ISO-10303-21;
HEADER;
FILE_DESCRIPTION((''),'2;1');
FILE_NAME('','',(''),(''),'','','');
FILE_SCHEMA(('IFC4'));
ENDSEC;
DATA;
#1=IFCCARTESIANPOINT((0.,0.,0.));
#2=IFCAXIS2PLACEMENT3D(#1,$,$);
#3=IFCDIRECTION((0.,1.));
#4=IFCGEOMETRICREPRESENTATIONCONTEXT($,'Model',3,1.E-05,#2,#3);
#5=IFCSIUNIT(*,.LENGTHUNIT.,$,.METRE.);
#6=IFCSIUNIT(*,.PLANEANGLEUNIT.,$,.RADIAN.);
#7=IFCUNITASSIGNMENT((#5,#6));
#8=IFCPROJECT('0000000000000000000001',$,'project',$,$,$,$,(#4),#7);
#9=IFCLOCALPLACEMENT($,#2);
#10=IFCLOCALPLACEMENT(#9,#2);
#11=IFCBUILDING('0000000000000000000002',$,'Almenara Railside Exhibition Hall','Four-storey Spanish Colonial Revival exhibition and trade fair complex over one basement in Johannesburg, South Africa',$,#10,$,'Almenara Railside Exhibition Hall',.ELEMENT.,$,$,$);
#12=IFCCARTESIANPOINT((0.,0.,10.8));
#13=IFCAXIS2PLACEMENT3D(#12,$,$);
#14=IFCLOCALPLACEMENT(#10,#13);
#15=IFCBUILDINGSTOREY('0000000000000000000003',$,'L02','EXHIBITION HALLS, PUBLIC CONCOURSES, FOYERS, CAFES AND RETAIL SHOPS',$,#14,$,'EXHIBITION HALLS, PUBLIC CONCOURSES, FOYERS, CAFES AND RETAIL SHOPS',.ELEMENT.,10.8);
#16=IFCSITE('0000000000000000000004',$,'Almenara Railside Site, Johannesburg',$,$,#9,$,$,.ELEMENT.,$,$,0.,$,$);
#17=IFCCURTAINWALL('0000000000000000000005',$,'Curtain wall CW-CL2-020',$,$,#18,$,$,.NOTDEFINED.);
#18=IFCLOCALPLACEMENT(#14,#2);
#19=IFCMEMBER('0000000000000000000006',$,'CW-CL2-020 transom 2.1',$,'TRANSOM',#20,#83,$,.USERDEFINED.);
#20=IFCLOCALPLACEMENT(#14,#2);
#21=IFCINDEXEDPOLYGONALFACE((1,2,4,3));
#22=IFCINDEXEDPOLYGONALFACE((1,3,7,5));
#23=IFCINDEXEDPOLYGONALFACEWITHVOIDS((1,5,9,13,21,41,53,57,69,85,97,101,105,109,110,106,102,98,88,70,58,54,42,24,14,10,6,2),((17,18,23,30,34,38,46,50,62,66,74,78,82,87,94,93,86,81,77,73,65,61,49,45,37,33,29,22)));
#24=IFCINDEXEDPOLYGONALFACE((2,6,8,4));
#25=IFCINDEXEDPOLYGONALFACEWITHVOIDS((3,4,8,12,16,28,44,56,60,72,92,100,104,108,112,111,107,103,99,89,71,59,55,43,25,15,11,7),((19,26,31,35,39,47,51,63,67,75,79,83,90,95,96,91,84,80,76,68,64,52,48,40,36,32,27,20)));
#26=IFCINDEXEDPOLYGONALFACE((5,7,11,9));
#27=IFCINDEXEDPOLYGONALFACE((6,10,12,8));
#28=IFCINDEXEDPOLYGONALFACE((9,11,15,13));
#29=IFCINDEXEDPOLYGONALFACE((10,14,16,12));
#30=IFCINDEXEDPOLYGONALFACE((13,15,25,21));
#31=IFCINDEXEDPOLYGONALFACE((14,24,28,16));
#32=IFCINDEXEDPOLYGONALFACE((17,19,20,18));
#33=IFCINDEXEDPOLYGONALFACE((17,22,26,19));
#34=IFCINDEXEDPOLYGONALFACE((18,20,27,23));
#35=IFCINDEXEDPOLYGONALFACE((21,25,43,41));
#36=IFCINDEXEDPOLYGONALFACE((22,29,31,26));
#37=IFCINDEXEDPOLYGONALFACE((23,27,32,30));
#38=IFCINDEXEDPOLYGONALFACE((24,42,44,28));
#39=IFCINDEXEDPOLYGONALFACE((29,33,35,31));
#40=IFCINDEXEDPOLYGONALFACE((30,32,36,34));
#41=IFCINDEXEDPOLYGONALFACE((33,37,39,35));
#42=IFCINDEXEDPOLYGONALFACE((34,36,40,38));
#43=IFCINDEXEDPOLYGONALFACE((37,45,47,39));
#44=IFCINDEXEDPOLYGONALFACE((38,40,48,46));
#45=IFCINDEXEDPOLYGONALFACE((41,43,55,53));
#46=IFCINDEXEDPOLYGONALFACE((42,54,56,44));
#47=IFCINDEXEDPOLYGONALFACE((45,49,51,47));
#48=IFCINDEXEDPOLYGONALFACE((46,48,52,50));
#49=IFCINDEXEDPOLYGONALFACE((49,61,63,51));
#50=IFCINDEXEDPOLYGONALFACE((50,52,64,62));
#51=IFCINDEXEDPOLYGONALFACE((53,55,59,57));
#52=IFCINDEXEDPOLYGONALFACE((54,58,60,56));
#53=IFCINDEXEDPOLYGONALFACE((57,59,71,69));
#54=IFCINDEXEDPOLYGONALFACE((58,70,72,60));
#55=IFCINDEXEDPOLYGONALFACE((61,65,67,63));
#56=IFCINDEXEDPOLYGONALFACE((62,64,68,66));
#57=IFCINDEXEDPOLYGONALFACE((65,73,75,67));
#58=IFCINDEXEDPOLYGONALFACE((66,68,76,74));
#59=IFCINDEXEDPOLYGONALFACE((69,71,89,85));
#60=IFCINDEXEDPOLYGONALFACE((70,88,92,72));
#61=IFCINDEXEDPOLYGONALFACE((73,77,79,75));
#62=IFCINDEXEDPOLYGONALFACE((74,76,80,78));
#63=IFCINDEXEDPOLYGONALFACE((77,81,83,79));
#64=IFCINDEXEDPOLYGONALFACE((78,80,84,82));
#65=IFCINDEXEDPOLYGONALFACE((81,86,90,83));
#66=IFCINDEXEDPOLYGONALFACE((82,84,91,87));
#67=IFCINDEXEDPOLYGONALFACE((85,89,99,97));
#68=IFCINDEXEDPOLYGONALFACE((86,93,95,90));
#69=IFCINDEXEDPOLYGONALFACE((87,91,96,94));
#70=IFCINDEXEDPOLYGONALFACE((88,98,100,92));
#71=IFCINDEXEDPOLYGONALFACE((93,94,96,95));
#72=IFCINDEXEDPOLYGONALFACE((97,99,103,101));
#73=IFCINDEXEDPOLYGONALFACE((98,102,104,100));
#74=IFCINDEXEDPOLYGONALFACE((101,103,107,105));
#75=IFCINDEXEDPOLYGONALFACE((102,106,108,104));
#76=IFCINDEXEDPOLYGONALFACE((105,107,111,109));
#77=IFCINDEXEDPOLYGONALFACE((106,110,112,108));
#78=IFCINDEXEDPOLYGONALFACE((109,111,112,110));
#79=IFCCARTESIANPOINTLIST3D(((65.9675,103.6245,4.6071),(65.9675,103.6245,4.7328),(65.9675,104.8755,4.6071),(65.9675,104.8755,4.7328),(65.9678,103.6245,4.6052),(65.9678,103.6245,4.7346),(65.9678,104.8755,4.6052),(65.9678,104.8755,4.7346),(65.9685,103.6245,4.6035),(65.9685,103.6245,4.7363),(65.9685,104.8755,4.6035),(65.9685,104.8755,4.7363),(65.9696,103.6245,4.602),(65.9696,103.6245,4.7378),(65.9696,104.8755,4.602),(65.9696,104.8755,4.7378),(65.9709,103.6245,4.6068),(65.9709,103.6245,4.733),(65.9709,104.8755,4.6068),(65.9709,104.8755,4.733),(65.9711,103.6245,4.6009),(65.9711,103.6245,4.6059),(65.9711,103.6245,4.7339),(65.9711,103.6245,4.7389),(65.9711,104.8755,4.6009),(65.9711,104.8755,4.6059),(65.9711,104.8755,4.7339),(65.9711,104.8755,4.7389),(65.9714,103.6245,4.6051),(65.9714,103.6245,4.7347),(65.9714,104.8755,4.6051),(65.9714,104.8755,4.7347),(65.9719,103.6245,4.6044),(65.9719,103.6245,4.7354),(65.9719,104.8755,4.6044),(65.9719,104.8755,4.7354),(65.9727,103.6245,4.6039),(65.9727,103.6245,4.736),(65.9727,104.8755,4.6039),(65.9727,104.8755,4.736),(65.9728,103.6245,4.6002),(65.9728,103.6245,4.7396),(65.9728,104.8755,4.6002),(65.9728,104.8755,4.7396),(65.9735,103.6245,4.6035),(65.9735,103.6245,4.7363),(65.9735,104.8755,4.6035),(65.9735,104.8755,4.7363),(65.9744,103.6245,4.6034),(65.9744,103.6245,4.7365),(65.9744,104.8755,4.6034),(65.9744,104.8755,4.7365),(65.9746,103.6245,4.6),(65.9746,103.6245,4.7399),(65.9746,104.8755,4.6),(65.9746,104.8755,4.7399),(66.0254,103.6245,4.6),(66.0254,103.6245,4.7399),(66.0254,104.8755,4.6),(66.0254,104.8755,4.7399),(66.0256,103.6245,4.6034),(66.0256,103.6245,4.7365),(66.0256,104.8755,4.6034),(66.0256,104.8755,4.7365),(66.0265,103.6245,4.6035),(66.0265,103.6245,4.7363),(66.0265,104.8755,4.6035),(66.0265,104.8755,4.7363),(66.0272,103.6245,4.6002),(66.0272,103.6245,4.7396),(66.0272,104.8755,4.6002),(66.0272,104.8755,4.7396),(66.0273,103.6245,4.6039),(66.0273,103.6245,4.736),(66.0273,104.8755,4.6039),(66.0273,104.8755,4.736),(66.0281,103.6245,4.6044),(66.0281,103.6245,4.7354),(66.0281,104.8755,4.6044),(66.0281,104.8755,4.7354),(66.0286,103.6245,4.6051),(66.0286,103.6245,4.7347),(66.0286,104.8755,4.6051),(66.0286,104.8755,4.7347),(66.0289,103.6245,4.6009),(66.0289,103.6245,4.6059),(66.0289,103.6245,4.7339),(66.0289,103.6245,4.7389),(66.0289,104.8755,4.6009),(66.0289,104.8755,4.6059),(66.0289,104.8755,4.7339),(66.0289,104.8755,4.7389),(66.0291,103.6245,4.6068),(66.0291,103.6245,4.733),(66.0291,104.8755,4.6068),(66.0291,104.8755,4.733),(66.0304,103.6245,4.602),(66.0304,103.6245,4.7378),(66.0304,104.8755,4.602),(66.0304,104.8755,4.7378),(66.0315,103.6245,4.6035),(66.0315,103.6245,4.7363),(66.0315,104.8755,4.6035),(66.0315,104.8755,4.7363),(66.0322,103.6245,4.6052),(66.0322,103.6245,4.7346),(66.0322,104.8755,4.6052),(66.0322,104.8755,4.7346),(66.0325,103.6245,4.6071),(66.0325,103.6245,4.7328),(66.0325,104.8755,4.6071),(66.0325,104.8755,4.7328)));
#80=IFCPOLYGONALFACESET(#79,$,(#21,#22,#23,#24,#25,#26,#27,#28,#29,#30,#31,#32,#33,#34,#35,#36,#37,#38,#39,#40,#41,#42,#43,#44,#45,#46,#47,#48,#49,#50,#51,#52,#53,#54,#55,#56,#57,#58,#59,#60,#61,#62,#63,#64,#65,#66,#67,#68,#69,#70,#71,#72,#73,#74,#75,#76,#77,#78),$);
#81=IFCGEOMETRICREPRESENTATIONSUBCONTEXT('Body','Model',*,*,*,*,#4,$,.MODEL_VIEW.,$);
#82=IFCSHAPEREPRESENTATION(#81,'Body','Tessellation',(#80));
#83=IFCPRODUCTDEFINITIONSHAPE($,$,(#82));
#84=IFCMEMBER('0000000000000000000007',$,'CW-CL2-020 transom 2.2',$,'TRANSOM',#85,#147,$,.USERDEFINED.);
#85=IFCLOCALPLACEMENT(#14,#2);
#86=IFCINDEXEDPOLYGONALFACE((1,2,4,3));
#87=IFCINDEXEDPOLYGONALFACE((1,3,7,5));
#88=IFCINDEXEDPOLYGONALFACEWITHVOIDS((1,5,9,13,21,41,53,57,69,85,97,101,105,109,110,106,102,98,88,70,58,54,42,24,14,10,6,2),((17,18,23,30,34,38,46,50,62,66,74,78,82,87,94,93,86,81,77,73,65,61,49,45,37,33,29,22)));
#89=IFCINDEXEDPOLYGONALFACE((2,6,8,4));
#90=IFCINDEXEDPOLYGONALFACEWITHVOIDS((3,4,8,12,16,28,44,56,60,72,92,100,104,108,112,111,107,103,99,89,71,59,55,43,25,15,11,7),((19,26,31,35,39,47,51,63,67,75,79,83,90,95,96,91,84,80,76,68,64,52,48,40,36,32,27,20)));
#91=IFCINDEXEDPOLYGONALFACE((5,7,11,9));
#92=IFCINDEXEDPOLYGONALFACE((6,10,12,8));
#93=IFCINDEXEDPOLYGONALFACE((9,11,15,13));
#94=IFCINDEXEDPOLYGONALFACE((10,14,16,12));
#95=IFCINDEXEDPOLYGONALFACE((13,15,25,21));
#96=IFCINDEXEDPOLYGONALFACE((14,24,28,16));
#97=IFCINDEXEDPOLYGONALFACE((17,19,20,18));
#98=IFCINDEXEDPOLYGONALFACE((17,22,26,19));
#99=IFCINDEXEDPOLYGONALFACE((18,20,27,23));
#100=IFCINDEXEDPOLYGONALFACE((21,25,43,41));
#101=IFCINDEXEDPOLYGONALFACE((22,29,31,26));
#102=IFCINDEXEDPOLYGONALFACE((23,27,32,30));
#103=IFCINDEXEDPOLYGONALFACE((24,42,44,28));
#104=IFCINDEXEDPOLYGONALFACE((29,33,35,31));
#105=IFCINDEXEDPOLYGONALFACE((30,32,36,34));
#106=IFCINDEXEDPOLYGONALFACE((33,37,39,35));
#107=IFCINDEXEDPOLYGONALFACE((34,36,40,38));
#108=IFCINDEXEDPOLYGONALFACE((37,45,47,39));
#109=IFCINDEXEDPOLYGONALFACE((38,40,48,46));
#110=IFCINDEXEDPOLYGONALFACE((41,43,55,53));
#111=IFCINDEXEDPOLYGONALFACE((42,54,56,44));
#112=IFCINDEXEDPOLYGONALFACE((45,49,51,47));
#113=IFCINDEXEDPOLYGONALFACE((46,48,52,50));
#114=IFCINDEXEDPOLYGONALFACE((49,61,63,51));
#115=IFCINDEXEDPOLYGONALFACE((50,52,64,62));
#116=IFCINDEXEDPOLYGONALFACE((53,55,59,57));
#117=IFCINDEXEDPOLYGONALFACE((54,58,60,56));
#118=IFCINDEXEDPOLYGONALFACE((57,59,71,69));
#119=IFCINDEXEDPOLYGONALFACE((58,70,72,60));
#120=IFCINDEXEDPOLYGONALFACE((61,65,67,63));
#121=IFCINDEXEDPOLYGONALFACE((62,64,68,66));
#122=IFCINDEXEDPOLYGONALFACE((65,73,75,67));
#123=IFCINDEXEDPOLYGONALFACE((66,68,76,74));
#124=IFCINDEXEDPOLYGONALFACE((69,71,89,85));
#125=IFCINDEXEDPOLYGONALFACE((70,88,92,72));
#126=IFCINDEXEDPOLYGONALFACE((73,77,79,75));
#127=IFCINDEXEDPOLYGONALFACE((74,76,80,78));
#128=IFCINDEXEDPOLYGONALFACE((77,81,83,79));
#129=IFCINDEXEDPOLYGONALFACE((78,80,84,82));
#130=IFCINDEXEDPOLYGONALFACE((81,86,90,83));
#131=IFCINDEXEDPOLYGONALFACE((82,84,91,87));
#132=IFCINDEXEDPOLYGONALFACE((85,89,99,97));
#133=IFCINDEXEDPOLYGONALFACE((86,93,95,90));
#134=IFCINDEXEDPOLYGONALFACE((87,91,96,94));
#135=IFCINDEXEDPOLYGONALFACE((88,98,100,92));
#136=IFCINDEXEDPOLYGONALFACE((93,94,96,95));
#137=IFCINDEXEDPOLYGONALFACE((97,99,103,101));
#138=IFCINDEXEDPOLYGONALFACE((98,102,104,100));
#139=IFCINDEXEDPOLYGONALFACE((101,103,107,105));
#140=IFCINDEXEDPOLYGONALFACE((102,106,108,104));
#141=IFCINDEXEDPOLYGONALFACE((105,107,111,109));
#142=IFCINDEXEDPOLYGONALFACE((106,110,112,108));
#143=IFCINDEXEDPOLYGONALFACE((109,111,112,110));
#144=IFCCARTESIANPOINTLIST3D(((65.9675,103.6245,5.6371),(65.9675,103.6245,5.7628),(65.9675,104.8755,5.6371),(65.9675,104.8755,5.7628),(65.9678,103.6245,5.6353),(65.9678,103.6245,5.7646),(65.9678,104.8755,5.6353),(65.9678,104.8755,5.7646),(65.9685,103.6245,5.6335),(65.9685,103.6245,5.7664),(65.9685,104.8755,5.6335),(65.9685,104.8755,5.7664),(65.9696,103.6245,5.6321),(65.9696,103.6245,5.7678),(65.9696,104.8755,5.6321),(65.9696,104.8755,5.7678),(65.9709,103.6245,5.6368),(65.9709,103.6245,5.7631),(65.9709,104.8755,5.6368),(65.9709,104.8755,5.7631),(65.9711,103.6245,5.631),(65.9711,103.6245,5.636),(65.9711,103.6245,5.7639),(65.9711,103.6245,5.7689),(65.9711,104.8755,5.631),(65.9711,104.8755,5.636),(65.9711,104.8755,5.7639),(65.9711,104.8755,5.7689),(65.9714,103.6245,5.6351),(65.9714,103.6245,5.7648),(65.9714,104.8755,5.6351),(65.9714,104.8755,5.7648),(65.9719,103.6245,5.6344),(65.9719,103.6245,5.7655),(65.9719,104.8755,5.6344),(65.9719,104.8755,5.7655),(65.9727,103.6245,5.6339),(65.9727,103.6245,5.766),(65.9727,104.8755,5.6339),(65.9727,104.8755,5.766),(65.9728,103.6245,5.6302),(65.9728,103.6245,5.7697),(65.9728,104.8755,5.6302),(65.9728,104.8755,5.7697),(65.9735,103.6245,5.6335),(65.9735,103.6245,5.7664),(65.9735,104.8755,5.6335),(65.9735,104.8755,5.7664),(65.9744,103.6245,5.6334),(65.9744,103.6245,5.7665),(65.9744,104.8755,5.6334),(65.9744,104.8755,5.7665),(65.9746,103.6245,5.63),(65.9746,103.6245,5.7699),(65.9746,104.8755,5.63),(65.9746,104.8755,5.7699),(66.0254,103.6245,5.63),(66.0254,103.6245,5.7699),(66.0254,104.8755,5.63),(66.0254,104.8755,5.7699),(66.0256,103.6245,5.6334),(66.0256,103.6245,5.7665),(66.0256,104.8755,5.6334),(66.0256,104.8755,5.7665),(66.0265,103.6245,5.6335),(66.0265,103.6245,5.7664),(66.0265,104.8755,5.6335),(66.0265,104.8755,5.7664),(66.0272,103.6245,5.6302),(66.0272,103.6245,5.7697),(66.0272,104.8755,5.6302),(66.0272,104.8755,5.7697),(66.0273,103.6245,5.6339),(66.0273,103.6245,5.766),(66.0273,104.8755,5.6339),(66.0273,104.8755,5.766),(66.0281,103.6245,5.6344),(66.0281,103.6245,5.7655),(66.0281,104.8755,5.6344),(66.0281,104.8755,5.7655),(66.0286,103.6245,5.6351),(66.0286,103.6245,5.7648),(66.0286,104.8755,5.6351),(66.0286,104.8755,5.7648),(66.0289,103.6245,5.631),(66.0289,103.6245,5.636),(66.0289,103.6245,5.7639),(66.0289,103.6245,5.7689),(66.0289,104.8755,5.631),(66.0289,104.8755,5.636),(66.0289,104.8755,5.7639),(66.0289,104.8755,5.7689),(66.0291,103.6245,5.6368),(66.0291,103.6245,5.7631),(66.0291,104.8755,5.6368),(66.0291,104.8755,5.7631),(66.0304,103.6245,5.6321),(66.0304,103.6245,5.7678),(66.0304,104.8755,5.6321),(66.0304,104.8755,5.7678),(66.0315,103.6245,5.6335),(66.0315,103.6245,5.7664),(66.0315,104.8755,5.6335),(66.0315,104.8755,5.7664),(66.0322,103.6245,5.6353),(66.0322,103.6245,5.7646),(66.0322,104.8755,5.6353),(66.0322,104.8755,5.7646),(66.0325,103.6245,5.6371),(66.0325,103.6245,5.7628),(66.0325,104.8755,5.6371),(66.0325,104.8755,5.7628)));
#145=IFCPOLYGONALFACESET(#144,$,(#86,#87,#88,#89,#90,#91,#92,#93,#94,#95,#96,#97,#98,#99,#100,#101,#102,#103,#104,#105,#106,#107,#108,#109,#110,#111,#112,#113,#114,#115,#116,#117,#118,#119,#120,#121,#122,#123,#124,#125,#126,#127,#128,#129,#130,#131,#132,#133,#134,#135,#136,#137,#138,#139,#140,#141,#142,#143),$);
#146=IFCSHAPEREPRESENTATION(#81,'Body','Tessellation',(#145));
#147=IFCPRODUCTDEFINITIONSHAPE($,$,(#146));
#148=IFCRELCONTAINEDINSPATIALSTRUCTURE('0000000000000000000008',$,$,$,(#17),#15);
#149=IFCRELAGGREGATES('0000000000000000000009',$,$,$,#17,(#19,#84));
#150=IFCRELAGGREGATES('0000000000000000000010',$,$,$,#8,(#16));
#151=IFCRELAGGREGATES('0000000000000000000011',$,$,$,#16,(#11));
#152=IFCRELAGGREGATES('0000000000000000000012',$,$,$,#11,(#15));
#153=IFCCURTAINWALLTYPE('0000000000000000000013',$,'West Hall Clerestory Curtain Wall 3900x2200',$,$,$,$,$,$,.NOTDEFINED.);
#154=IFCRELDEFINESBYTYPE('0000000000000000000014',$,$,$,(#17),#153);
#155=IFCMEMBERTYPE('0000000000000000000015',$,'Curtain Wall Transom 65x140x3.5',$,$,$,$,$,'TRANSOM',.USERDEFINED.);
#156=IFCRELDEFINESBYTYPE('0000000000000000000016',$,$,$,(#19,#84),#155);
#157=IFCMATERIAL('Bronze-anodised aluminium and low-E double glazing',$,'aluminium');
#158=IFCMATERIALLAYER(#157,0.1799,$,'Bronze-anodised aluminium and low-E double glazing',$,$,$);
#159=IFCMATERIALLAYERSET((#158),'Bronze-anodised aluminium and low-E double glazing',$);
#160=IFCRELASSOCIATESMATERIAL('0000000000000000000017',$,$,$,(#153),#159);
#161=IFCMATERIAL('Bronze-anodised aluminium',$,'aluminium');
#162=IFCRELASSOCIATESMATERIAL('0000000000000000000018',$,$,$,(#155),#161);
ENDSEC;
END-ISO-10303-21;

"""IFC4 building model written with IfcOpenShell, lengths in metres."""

from ifc_helpers import new_model, si_unit, direction, frame, origin, origin_2d, place, context, subcontext, project, spatial, hollow_rectangle, extrude, material, layer, layer_set, material_profile, profile_set, type_object, element, aggregate, save


model = new_model("IFC4")

# Units and contexts
model_context = context("Model", 3, precision=1e-05, world=origin(), true_north=direction((0.0, 1.0)))
body_context = subcontext(model_context, "Body", "Model", "MODEL_VIEW")
ifc_project = project(units=[si_unit("LENGTHUNIT", "METRE"), si_unit("PLANEANGLEUNIT", "RADIAN")], contexts=[model_context])

# Site, building, storey
site_placement = place(None, origin())
site = spatial("IfcSite", under=ifc_project, at=site_placement, Name="Almenara Railside Site, Johannesburg", CompositionType="ELEMENT", RefElevation=0.0)
building_placement = place(site_placement, origin())
building = spatial("IfcBuilding", under=site, at=building_placement, Name="Almenara Railside Exhibition Hall", Description="Four-storey Spanish Colonial Revival exhibition and trade fair complex over one basement in Johannesburg, South Africa", LongName="Almenara Railside Exhibition Hall", CompositionType="ELEMENT")
storey_placement = place(building_placement, frame((0.0, 0.0, 10.8)))
storey = spatial("IfcBuildingStorey", under=building, at=storey_placement, Name="L02", Description="EXHIBITION HALLS, PUBLIC CONCOURSES, FOYERS, CAFES AND RETAIL SHOPS", LongName="EXHIBITION HALLS, PUBLIC CONCOURSES, FOYERS, CAFES AND RETAIL SHOPS", CompositionType="ELEMENT", Elevation=10.8)

# Curtain wall
ifc_material_1 = material(Name="Bronze-anodised aluminium and low-E double glazing", Category="aluminium")
ifc_layer_1 = layer(ifc_material_1, 0.1799, Name="Bronze-anodised aluminium and low-E double glazing")
ifc_layer_set_1 = layer_set([ifc_layer_1], Name="Bronze-anodised aluminium and low-E double glazing")
curtain_wall_type = type_object("IfcCurtainWallType", Name="West Hall Clerestory Curtain Wall 3900x2200", PredefinedType="NOTDEFINED", material=ifc_layer_set_1)
curtain_wall_1_placement = place(storey_placement, origin())
curtain_wall_1 = element("IfcCurtainWall", 1, at=curtain_wall_1_placement, inside=storey, type_object=curtain_wall_type, Name="Curtain wall CW-CL2-020", PredefinedType="NOTDEFINED")
ifc_material_2 = material(Name="Bronze-anodised aluminium", Category="aluminium")

# Members
ifc_material_profile_1 = material_profile(ifc_material_2, hollow_rectangle(XDim=0.0649, YDim=0.1399, WallThickness=0.0034, InnerFilletRadius=0.0034, OuterFilletRadius=0.0071, at=origin_2d()), Name="ALU-TRN 65x140x3.5")
ifc_profile_set_1 = profile_set([ifc_material_profile_1], Name="Bronze-anodised aluminium")
member_type_1 = type_object("IfcMemberType", Name="Curtain Wall Transom 65x140x3.5", ElementType="TRANSOM", PredefinedType="USERDEFINED", material=ifc_profile_set_1)
member_1_placement = place(storey_placement, frame((66.0, 103.6245, 4.6699), z_axis=(0.0, 1.0, 0.0), x_axis=(-1.0, 0.0, 0.0)))
member_1 = element("IfcMember", 2, at=member_1_placement, type_object=member_type_1, Name="CW-CL2-020 transom 2.1", ObjectType="TRANSOM", PredefinedType="USERDEFINED", context=body_context, shape_type="SweptSolid", body=[
    extrude(hollow_rectangle(XDim=0.0649, YDim=0.1399, WallThickness=0.0034, InnerFilletRadius=0.0034, OuterFilletRadius=0.0071, at=origin_2d()), origin(), (0.0, 0.0, 1.0), 1.251),
])
member_2_placement = place(storey_placement, frame((66.0, 103.6245, 5.7), z_axis=(0.0, 1.0, 0.0), x_axis=(-1.0, 0.0, 0.0)))
member_2 = element("IfcMember", 3, at=member_2_placement, type_object=member_type_1, Name="CW-CL2-020 transom 2.2", ObjectType="TRANSOM", PredefinedType="USERDEFINED", context=body_context, shape_type="SweptSolid", body=[
    extrude(hollow_rectangle(XDim=0.0649, YDim=0.1399, WallThickness=0.0034, InnerFilletRadius=0.0034, OuterFilletRadius=0.0071, at=origin_2d()), origin(), (0.0, 0.0, 1.0), 1.251),
])

aggregate(curtain_wall_1, [member_1, member_2])

save(model, "model.ifc")
